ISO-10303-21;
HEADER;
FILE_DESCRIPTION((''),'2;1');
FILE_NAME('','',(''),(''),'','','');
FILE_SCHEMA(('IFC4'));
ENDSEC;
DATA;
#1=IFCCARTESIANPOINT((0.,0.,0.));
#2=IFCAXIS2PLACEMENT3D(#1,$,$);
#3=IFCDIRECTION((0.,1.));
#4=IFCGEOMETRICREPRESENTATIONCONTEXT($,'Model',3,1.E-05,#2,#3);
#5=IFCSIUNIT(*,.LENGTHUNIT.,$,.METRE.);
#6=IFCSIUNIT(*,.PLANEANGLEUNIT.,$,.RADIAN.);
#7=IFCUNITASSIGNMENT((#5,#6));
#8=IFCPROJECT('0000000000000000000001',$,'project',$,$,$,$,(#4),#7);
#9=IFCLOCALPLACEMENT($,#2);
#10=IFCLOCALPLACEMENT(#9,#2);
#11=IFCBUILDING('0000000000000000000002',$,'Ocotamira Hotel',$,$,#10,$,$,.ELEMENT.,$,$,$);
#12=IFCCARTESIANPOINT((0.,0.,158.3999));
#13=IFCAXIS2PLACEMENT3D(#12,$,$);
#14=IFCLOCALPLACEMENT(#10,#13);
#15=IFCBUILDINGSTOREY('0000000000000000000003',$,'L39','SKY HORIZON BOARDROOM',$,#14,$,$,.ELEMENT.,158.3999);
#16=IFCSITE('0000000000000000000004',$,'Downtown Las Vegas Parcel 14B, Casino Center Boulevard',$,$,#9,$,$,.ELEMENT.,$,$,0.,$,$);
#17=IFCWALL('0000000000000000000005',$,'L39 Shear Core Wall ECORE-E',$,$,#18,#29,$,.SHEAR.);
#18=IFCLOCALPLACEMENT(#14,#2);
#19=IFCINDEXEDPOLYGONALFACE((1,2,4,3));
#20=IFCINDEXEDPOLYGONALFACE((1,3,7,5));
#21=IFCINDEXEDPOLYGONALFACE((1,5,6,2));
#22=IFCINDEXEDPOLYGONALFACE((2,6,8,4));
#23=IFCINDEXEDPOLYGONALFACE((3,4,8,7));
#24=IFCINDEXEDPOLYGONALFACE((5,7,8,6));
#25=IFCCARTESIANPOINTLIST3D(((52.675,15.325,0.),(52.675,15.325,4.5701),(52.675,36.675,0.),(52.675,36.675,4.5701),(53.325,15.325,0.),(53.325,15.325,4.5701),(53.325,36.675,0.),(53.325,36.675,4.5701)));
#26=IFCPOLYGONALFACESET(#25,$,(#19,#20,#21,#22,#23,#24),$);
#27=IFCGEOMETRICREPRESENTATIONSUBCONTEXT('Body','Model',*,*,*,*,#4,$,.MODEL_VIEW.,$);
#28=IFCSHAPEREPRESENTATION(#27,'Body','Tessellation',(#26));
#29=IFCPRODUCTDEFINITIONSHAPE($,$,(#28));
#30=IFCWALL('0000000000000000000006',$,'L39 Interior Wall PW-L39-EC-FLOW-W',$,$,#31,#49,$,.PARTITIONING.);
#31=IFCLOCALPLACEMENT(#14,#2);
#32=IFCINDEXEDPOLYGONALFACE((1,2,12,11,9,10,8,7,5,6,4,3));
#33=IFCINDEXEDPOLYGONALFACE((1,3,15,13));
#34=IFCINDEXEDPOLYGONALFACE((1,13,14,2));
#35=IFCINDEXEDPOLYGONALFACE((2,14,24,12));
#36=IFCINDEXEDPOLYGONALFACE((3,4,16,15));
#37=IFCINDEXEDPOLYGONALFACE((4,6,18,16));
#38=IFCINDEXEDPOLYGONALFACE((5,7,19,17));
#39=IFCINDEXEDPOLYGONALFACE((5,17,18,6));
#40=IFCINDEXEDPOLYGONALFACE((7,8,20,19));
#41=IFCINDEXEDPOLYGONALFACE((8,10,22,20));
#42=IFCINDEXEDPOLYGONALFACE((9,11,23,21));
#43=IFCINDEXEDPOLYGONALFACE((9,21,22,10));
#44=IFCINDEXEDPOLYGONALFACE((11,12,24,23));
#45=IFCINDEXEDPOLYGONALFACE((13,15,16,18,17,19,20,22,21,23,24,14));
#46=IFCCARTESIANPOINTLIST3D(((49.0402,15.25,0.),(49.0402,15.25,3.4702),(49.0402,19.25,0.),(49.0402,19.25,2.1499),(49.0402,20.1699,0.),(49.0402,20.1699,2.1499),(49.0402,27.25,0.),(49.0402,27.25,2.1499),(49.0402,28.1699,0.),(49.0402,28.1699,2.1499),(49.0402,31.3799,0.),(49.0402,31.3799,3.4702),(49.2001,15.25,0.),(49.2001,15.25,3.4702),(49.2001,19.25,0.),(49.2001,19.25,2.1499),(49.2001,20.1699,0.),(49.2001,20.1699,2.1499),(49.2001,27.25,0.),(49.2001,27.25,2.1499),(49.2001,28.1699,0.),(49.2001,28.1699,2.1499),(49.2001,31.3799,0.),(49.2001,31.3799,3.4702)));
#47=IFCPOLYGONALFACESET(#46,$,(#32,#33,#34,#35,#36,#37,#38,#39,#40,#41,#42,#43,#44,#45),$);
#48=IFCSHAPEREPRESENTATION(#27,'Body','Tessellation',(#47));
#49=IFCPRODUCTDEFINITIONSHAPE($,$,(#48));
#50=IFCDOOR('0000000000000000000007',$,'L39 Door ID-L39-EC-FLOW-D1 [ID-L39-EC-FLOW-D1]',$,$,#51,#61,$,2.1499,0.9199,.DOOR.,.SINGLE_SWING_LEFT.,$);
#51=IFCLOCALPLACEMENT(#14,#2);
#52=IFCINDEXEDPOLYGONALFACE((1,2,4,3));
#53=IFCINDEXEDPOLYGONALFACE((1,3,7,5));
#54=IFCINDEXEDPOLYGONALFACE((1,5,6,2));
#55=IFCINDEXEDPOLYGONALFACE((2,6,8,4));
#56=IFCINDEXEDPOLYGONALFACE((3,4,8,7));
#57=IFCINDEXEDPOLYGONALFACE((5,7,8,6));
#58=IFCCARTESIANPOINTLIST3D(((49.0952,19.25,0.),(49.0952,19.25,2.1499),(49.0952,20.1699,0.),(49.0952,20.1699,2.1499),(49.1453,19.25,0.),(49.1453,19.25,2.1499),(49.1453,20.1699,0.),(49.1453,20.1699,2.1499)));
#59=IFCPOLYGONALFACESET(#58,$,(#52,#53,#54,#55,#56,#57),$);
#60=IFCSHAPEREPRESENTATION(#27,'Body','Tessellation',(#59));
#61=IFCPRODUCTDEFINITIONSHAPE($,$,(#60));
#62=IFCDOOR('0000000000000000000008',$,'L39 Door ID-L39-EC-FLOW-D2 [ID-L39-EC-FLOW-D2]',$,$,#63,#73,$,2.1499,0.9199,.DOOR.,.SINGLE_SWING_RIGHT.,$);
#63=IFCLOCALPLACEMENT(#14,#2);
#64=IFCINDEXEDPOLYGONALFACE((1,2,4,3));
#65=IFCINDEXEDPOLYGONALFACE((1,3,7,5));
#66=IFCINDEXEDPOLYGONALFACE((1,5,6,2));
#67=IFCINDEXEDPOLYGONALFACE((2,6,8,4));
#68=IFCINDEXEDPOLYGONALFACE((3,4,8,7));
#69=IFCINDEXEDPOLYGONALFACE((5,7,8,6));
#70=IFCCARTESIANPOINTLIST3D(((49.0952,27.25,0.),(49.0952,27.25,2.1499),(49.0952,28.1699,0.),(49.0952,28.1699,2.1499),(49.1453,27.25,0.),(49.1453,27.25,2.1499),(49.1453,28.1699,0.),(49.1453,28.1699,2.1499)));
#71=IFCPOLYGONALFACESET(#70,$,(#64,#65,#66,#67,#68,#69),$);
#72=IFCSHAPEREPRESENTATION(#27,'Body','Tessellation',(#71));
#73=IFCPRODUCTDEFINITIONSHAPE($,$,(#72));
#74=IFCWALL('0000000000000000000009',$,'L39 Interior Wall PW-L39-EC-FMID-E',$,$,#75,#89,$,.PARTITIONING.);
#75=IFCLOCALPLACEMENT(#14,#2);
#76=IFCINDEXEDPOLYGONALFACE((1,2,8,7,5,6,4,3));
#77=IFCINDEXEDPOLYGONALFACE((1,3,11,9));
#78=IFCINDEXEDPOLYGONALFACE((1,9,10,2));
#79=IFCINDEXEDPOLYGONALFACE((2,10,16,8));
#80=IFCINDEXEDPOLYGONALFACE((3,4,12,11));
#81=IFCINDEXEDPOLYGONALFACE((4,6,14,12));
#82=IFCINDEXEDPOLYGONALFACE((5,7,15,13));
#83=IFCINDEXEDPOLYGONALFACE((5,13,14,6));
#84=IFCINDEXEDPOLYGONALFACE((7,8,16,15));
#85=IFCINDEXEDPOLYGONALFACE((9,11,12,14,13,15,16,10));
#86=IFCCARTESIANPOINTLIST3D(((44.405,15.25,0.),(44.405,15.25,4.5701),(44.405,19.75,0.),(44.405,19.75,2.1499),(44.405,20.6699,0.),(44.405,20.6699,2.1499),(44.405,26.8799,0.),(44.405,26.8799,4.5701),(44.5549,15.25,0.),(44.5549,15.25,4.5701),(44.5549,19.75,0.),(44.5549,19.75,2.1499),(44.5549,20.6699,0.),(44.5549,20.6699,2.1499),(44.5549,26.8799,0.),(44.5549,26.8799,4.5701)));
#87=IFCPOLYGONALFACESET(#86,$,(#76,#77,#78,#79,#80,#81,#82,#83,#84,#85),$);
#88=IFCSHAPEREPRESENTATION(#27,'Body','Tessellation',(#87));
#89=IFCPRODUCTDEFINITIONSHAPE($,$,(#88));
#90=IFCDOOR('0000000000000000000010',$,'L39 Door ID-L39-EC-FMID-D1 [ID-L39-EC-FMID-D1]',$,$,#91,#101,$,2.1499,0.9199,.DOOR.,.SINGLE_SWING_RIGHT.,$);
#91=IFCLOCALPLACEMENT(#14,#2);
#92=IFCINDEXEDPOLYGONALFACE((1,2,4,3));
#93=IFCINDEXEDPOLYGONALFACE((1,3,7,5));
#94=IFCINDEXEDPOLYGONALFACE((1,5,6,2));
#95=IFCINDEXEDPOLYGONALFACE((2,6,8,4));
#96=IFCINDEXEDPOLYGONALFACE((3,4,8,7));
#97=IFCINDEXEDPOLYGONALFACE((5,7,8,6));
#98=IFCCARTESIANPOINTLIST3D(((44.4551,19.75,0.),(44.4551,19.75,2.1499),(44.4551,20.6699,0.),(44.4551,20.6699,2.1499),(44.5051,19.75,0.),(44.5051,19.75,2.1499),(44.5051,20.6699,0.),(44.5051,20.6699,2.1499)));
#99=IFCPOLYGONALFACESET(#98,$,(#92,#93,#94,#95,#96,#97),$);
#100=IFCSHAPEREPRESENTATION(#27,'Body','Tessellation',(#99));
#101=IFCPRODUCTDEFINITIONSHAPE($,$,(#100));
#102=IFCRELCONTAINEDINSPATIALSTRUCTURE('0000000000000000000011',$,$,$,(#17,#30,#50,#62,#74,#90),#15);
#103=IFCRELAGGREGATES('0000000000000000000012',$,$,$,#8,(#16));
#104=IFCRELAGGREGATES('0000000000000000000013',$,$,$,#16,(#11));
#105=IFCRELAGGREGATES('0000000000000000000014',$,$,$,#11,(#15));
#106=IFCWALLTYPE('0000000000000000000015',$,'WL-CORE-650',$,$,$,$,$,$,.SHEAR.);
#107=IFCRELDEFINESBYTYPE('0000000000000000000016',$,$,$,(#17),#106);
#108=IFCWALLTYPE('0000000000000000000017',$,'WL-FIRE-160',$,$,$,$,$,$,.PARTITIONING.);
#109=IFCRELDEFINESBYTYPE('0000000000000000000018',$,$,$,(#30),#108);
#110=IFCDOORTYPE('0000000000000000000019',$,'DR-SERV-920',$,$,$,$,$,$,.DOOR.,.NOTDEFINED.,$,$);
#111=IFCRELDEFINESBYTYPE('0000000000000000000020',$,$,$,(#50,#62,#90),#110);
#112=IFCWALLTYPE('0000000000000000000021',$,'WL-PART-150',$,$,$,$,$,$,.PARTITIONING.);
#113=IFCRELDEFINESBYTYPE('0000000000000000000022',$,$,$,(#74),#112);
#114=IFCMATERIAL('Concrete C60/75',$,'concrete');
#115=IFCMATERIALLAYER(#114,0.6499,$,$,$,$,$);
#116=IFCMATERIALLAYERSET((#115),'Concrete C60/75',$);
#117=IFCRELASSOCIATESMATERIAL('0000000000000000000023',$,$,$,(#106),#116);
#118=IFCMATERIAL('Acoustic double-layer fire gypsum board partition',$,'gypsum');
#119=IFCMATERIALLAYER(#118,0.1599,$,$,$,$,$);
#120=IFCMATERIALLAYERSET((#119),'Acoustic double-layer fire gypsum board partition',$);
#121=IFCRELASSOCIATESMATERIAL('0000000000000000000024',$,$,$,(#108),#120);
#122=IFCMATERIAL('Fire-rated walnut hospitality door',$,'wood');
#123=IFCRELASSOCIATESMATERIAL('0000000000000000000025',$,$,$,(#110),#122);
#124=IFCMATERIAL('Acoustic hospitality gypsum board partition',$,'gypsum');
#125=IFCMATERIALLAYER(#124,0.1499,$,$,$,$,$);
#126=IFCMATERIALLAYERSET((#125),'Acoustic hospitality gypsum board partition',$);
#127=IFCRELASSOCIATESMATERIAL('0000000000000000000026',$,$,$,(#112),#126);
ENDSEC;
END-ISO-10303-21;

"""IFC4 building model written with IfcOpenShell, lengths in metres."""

from ifc_helpers import new_model, si_unit, direction, frame, frame_2d, origin, place, context, subcontext, project, spatial, rectangle, extrude, source, transform, mapped, material, layer, layer_set, type_object, element, fill, save


model = new_model("IFC4")

# Units and contexts
model_context = context("Model", 3, precision=1e-05, world=origin(), true_north=direction((0.0, 1.0)))
body_context = subcontext(model_context, "Body", "Model", "MODEL_VIEW")
ifc_project = project(units=[si_unit("LENGTHUNIT", "METRE"), si_unit("PLANEANGLEUNIT", "RADIAN")], contexts=[model_context])

# Site, building, storey
site_placement = place(None, origin())
site = spatial("IfcSite", under=ifc_project, at=site_placement, Name="Downtown Las Vegas Parcel 14B, Casino Center Boulevard", CompositionType="ELEMENT", RefElevation=0.0)
building_placement = place(site_placement, origin())
building = spatial("IfcBuilding", under=site, at=building_placement, Name="Ocotamira Hotel", CompositionType="ELEMENT")
storey_placement = place(building_placement, frame((0.0, 0.0, 158.3999)))
storey = spatial("IfcBuildingStorey", under=building, at=storey_placement, Name="L39", Description="SKY HORIZON BOARDROOM", CompositionType="ELEMENT", Elevation=158.3999)

# Wall
ifc_material_1 = material(Name="Concrete C60/75", Category="concrete")
ifc_layer_1 = layer(ifc_material_1, 0.6499)
ifc_layer_set_1 = layer_set([ifc_layer_1], Name="Concrete C60/75")
wall_type_1 = type_object("IfcWallType", Name="WL-CORE-650", PredefinedType="SHEAR", material=ifc_layer_set_1)
wall_1_placement = place(storey_placement, frame((53.0, 15.325, 0.0), z_axis=(0.0, 0.0, 1.0), x_axis=(0.0, 1.0, 0.0)))
element("IfcWall", 1, at=wall_1_placement, inside=storey, type_object=wall_type_1, Name="L39 Shear Core Wall ECORE-E", PredefinedType="SHEAR", context=body_context, shape_type="SweptSolid", body=[
    extrude(rectangle(XDim=21.3501, YDim=0.6499, at=frame_2d((10.675, 0.0))), origin(), (0.0, 0.0, 1.0), 4.5701),
])

# Wall, openings, doors
ifc_material_2 = material(Name="Acoustic double-layer fire gypsum board partition", Category="gypsum")
ifc_layer_2 = layer(ifc_material_2, 0.1599)
ifc_layer_set_2 = layer_set([ifc_layer_2], Name="Acoustic double-layer fire gypsum board partition")
wall_type_2 = type_object("IfcWallType", Name="WL-FIRE-160", PredefinedType="PARTITIONING", material=ifc_layer_set_2)
wall_2_placement = place(storey_placement, frame((49.1201, 15.25, 0.0), z_axis=(0.0, 0.0, 1.0), x_axis=(0.0, 1.0, 0.0)))
wall_2 = element("IfcWall", 2, at=wall_2_placement, inside=storey, type_object=wall_type_2, Name="L39 Interior Wall PW-L39-EC-FLOW-W", PredefinedType="PARTITIONING", context=body_context, shape_type="SweptSolid", body=[
    extrude(rectangle(XDim=16.1299, YDim=0.1599, at=frame_2d((8.0649, 0.0))), origin(), (0.0, 0.0, 1.0), 3.4702),
])
opening_1_placement = place(wall_2_placement, frame((4.0, 0.0, 0.0)))
opening_1 = element("IfcOpeningElement", 3, at=opening_1_placement, cuts=wall_2, PredefinedType="OPENING", context=body_context, shape_type="SweptSolid", body=[
    extrude(rectangle(XDim=0.9199, YDim=2.1499, at=frame_2d((0.46, 1.075))), frame((0.0, 0.0898, 0.0), z_axis=(0.0, -1.0, 0.0), x_axis=(1.0, 0.0, 0.0)), (0.0, 0.0, 1.0), 0.1799),
])
opening_2_placement = place(wall_2_placement, frame((12.0, 0.0, 0.0)))
opening_2 = element("IfcOpeningElement", 4, at=opening_2_placement, cuts=wall_2, PredefinedType="OPENING", context=body_context, shape_type="SweptSolid", body=[
    extrude(rectangle(XDim=0.9199, YDim=2.1499, at=frame_2d((0.46, 1.075))), frame((0.0, 0.0898, 0.0), z_axis=(0.0, -1.0, 0.0), x_axis=(1.0, 0.0, 0.0)), (0.0, 0.0, 1.0), 0.1799),
])
ifc_material_3 = material(Name="Fire-rated walnut hospitality door", Category="wood")
door_type_1 = type_object("IfcDoorType", Name="DR-SERV-920", OperationType="NOTDEFINED", PredefinedType="DOOR", material=ifc_material_3)
shared_shape_1 = source(origin(), body_context, "Body", "SweptSolid", [
    extrude(rectangle(XDim=0.9199, YDim=2.1499, at=frame_2d((0.46, 1.075))), frame((0.0, 0.0249, 0.0), z_axis=(0.0, -1.0, 0.0), x_axis=(1.0, 0.0, 0.0)), (0.0, 0.0, 1.0), 0.05),
])
door_1_placement = place(opening_1_placement, origin())
door_1 = element("IfcDoor", 5, at=door_1_placement, inside=storey, type_object=door_type_1, Name="L39 Door ID-L39-EC-FLOW-D1 [ID-L39-EC-FLOW-D1]", OperationType="SINGLE_SWING_LEFT", OverallHeight=2.1499, OverallWidth=0.9199, PredefinedType="DOOR", context=body_context, shape_type="MappedRepresentation", body=[
    mapped(shared_shape_1, transform((0.0, 0.0, 0.0), scale=1.0)),
])
fill(opening_1, door_1)
door_2_placement = place(opening_2_placement, origin())
door_2 = element("IfcDoor", 6, at=door_2_placement, inside=storey, type_object=door_type_1, Name="L39 Door ID-L39-EC-FLOW-D2 [ID-L39-EC-FLOW-D2]", OperationType="SINGLE_SWING_RIGHT", OverallHeight=2.1499, OverallWidth=0.9199, PredefinedType="DOOR", context=body_context, shape_type="MappedRepresentation", body=[
    mapped(shared_shape_1, transform((0.0, 0.0, 0.0), scale=1.0)),
])
fill(opening_2, door_2)

# Wall, opening, door
ifc_material_4 = material(Name="Acoustic hospitality gypsum board partition", Category="gypsum")
ifc_layer_3 = layer(ifc_material_4, 0.1499)
ifc_layer_set_3 = layer_set([ifc_layer_3], Name="Acoustic hospitality gypsum board partition")
wall_type_3 = type_object("IfcWallType", Name="WL-PART-150", PredefinedType="PARTITIONING", material=ifc_layer_set_3)
wall_3_placement = place(storey_placement, frame((44.48, 15.25, 0.0), z_axis=(0.0, 0.0, 1.0), x_axis=(0.0, 1.0, 0.0)))
wall_3 = element("IfcWall", 7, at=wall_3_placement, inside=storey, type_object=wall_type_3, Name="L39 Interior Wall PW-L39-EC-FMID-E", PredefinedType="PARTITIONING", context=body_context, shape_type="SweptSolid", body=[
    extrude(rectangle(XDim=11.6299, YDim=0.1499, at=frame_2d((5.8149, 0.0))), origin(), (0.0, 0.0, 1.0), 4.5701),
])
opening_3_placement = place(wall_3_placement, frame((4.5, 0.0, 0.0)))
opening_3 = element("IfcOpeningElement", 8, at=opening_3_placement, cuts=wall_3, PredefinedType="OPENING", context=body_context, shape_type="SweptSolid", body=[
    extrude(rectangle(XDim=0.9199, YDim=2.1499, at=frame_2d((0.46, 1.075))), frame((0.0, 0.085, 0.0), z_axis=(0.0, -1.0, 0.0), x_axis=(1.0, 0.0, 0.0)), (0.0, 0.0, 1.0), 0.1699),
])
door_3_placement = place(opening_3_placement, origin())
door_3 = element("IfcDoor", 9, at=door_3_placement, inside=storey, type_object=door_type_1, Name="L39 Door ID-L39-EC-FMID-D1 [ID-L39-EC-FMID-D1]", OperationType="SINGLE_SWING_RIGHT", OverallHeight=2.1499, OverallWidth=0.9199, PredefinedType="DOOR", context=body_context, shape_type="MappedRepresentation", body=[
    mapped(shared_shape_1, transform((0.0, 0.0, 0.0), scale=1.0)),
])
fill(opening_3, door_3)

save(model, "model.ifc")
